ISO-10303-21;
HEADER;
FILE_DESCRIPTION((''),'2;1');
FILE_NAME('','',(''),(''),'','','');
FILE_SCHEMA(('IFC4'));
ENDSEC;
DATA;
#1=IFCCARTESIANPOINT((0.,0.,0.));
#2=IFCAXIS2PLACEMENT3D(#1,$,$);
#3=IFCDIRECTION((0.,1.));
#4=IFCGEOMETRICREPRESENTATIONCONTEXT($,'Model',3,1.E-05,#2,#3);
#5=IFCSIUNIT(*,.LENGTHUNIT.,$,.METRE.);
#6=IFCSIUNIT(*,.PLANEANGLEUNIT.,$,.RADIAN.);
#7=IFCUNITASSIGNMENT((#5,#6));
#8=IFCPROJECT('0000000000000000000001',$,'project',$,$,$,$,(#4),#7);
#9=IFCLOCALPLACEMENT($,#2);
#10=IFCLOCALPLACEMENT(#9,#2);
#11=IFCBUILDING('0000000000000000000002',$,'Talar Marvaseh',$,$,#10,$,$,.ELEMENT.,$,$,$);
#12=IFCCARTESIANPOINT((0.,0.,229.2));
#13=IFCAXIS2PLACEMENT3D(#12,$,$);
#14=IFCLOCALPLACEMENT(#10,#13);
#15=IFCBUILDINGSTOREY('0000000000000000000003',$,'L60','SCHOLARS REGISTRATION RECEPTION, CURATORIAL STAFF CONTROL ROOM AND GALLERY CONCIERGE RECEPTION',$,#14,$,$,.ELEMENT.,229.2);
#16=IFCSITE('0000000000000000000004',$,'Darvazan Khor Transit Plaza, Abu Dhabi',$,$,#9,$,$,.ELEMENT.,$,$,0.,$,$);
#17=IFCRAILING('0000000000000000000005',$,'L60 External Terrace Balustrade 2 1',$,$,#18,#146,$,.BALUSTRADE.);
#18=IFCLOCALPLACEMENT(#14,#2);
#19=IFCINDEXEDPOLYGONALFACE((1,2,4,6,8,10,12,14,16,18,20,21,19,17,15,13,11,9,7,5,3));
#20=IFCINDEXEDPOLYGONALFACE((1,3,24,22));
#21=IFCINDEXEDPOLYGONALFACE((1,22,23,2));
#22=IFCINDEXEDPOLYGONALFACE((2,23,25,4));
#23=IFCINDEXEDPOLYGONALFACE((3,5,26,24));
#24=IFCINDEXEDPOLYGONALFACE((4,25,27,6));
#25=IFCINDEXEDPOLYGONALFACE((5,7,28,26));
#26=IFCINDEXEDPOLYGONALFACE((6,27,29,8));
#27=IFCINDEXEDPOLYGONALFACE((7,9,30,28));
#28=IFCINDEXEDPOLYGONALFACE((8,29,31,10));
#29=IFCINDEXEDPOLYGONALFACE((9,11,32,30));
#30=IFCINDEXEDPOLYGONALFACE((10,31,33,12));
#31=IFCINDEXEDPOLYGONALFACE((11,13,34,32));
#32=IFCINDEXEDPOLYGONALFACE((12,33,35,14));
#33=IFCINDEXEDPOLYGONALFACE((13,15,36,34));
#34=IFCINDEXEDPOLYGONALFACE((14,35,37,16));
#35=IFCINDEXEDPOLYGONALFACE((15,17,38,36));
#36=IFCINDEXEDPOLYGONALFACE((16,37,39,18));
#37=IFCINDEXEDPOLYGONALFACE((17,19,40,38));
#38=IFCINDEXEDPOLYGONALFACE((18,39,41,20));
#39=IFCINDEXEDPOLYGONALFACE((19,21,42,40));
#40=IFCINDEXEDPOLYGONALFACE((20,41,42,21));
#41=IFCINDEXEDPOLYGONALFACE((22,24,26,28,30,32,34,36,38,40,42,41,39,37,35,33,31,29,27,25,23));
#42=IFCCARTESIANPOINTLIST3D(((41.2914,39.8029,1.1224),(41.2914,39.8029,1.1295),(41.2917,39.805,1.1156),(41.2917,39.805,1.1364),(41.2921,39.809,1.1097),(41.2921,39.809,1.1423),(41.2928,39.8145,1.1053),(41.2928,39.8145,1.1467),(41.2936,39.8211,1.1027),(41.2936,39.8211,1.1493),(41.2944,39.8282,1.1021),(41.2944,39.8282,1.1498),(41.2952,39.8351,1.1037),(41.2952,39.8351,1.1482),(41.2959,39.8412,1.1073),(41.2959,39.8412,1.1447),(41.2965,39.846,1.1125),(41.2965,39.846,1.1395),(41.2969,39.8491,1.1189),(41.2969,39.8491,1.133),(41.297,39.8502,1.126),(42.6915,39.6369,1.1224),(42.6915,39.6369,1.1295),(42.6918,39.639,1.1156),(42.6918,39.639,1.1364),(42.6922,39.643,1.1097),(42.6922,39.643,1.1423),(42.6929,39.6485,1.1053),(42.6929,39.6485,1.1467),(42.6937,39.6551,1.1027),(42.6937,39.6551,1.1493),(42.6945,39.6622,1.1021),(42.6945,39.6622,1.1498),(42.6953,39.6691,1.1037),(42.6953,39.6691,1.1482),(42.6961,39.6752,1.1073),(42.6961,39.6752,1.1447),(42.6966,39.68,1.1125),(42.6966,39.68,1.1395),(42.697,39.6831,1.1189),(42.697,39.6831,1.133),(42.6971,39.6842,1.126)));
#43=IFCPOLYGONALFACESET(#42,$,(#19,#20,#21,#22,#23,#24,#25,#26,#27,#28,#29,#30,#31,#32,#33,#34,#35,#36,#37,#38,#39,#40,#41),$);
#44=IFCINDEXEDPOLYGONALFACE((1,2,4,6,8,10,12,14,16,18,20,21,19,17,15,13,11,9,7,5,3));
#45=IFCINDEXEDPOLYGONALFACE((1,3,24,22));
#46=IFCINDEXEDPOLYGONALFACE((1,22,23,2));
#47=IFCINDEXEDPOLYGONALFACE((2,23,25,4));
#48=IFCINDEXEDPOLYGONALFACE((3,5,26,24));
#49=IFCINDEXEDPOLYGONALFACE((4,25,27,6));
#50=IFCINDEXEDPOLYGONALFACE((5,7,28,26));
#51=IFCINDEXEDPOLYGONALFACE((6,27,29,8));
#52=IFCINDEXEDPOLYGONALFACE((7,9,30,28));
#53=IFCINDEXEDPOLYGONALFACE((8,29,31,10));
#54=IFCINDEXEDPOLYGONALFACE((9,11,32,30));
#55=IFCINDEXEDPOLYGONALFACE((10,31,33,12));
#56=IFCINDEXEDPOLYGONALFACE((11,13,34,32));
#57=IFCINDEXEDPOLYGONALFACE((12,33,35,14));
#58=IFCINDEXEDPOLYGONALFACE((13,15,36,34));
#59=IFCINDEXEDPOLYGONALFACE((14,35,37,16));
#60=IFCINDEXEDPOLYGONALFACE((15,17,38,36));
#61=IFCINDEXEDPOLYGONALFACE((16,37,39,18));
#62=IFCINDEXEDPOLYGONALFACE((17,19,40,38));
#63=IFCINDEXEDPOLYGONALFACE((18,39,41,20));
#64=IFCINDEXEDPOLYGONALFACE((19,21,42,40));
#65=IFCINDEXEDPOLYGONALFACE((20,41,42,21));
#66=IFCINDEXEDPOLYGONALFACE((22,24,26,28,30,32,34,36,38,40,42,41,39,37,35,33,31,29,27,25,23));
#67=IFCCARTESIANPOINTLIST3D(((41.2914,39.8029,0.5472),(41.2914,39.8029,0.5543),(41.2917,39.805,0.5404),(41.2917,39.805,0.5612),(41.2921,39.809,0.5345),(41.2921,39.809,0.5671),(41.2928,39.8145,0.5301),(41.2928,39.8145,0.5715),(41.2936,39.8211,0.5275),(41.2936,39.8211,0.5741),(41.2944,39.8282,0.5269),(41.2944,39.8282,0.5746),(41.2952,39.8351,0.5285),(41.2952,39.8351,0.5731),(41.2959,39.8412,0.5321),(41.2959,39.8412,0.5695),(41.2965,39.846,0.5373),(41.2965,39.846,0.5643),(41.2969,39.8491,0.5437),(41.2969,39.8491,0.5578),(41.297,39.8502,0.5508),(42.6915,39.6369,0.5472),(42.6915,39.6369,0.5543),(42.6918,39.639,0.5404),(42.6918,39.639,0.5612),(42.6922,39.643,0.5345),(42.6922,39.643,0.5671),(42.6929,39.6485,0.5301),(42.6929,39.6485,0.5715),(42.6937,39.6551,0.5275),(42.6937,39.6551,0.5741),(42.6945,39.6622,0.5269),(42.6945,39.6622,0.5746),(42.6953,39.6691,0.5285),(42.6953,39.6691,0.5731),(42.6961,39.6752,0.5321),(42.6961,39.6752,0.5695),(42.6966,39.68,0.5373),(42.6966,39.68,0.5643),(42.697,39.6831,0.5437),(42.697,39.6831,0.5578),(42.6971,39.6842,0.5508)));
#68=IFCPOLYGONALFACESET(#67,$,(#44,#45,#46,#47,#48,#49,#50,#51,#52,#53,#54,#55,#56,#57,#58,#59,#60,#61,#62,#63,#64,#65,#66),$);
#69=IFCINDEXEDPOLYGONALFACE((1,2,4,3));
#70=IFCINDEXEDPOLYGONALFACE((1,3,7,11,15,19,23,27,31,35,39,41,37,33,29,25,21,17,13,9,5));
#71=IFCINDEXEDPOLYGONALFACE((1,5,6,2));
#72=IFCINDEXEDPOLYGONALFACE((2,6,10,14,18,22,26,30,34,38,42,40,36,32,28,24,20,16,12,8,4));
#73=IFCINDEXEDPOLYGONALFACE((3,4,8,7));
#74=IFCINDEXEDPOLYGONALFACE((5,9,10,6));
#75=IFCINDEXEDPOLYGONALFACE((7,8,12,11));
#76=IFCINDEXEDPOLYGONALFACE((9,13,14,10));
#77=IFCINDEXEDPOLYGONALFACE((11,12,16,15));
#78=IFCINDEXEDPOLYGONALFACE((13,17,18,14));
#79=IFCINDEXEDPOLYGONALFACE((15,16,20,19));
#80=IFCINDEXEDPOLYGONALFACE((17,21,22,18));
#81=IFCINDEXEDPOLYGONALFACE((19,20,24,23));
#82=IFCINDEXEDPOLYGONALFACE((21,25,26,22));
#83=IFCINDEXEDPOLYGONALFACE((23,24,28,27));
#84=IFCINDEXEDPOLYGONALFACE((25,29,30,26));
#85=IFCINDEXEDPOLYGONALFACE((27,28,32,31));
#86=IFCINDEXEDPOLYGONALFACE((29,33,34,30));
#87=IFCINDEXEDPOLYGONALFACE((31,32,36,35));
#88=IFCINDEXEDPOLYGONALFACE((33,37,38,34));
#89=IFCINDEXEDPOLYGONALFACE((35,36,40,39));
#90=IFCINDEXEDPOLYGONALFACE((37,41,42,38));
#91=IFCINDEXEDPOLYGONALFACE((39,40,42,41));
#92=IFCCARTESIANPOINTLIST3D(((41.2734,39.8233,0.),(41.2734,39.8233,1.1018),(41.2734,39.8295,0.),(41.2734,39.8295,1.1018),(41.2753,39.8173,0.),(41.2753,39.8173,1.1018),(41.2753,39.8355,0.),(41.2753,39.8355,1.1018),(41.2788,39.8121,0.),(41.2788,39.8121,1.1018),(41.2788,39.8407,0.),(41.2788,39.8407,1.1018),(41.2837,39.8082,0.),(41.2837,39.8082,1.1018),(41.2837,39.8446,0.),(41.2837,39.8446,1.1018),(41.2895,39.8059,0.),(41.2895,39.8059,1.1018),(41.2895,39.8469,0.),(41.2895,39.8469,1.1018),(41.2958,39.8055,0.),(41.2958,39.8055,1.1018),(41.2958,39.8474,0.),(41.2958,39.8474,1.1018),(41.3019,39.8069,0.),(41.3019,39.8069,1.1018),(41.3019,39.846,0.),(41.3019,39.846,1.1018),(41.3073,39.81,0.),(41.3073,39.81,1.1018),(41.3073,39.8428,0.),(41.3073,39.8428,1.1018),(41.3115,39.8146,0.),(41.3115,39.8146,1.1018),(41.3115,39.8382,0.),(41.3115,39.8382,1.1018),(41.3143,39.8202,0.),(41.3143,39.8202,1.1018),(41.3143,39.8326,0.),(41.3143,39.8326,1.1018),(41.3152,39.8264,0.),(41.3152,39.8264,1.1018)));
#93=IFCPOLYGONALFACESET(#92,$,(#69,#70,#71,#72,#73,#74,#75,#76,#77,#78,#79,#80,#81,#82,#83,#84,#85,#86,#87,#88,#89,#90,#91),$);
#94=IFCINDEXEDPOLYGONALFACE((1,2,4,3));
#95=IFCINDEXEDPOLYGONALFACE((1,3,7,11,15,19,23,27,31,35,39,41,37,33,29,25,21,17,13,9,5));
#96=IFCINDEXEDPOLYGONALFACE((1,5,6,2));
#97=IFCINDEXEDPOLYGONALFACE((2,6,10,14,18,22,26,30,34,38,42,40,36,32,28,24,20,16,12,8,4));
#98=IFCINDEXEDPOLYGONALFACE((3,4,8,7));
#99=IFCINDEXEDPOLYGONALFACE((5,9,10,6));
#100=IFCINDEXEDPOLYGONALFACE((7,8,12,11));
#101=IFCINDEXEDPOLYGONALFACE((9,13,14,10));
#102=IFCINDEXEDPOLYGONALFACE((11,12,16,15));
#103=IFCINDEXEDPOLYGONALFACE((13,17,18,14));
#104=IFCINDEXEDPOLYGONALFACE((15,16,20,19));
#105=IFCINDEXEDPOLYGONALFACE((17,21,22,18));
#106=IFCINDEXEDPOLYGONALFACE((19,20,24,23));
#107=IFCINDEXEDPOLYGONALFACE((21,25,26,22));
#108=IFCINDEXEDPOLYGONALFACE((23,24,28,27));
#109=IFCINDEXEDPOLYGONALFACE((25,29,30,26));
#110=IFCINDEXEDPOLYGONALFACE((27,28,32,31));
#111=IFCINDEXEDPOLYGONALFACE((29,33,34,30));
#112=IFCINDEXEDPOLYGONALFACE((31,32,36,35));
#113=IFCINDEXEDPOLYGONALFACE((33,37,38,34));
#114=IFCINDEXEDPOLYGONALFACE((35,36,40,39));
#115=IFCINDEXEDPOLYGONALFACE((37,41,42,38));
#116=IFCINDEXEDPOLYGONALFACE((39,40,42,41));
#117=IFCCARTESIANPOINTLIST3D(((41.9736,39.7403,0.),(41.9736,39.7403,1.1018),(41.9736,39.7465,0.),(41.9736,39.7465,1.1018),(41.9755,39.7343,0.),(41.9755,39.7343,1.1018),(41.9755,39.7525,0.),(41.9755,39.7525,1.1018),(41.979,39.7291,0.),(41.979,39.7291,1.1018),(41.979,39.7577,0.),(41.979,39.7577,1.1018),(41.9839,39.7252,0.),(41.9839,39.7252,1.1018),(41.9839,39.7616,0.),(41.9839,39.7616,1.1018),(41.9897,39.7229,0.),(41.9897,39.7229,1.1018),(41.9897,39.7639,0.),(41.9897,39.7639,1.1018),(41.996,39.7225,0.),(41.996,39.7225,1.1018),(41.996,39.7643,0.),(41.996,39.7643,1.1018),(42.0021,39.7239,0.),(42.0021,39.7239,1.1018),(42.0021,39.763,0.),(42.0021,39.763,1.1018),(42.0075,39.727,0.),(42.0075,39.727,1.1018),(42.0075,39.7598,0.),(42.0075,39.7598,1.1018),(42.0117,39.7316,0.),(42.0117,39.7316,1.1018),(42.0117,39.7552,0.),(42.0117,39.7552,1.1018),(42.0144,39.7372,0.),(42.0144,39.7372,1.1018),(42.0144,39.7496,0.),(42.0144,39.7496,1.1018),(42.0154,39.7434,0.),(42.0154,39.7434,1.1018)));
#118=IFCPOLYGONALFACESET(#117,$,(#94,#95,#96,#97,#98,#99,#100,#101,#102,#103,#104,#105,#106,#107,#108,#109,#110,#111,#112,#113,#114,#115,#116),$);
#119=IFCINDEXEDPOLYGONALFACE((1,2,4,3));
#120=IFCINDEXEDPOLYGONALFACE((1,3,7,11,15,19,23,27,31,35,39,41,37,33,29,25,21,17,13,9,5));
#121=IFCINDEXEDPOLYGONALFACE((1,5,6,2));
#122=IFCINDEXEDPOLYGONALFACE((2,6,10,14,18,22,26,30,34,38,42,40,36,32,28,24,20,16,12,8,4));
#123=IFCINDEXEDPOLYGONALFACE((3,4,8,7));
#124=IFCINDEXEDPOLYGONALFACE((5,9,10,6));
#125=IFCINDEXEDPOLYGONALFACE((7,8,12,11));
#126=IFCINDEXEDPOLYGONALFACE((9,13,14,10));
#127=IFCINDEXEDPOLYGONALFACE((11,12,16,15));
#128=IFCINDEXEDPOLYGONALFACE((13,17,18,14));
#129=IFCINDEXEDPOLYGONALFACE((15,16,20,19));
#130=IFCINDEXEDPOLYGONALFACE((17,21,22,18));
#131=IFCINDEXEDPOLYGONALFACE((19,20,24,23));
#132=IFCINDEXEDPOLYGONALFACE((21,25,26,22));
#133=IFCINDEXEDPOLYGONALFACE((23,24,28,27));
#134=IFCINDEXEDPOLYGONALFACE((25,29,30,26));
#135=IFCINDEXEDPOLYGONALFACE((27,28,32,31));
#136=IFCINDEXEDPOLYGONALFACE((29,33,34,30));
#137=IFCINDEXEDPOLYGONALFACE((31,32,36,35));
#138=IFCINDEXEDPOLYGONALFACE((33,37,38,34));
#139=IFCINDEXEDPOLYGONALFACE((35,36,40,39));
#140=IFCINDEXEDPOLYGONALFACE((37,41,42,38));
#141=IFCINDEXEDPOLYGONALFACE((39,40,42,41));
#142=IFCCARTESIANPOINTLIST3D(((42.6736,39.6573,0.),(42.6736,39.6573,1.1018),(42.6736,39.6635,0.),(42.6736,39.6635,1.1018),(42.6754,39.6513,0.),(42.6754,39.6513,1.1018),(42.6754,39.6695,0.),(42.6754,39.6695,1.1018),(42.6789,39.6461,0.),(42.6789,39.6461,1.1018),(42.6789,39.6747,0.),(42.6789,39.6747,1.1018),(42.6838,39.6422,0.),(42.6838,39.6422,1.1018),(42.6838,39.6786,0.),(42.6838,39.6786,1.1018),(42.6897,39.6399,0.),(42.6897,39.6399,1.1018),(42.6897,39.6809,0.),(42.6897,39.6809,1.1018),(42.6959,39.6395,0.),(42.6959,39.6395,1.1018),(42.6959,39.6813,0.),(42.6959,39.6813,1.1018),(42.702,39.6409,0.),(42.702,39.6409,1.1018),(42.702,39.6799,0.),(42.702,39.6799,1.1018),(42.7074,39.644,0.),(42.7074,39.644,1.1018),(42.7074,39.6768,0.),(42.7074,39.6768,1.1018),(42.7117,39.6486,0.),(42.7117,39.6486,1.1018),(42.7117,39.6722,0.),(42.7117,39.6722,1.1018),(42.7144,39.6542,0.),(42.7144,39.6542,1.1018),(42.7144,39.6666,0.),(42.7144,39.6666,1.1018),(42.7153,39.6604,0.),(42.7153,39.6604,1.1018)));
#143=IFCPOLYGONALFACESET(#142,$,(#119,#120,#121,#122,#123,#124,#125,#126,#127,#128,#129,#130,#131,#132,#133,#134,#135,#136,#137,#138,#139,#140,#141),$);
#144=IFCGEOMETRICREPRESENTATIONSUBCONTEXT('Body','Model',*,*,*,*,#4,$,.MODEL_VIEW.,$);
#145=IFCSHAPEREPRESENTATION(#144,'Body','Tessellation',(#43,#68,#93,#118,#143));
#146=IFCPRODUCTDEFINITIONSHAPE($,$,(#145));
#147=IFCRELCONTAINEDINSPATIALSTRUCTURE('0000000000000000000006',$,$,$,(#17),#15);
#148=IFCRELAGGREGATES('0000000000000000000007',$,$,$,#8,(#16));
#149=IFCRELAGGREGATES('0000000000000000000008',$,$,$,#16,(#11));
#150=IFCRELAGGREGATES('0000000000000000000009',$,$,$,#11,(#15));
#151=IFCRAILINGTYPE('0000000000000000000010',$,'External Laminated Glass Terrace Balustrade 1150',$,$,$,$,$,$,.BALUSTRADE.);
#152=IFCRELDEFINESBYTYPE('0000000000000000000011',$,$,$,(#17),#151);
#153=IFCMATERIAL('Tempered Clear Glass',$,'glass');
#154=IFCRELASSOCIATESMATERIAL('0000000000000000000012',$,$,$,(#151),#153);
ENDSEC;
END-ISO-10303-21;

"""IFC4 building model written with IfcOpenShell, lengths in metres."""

from ifc_helpers import new_model, si_unit, direction, frame, origin, origin_2d, place, context, subcontext, project, spatial, circle, extrude, material, type_object, element, save


model = new_model("IFC4")

# Units and contexts
model_context = context("Model", 3, precision=1e-05, world=origin(), true_north=direction((0.0, 1.0)))
body_context = subcontext(model_context, "Body", "Model", "MODEL_VIEW")
ifc_project = project(units=[si_unit("LENGTHUNIT", "METRE"), si_unit("PLANEANGLEUNIT", "RADIAN")], contexts=[model_context])

# Site, building, storey
site_placement = place(None, origin())
site = spatial("IfcSite", under=ifc_project, at=site_placement, Name="Darvazan Khor Transit Plaza, Abu Dhabi", CompositionType="ELEMENT", RefElevation=0.0)
building_placement = place(site_placement, origin())
building = spatial("IfcBuilding", under=site, at=building_placement, Name="Talar Marvaseh", CompositionType="ELEMENT")
storey_placement = place(building_placement, frame((0.0, 0.0, 229.2)))
storey = spatial("IfcBuildingStorey", under=building, at=storey_placement, Name="L60", Description="SCHOLARS REGISTRATION RECEPTION, CURATORIAL STAFF CONTROL ROOM AND GALLERY CONCIERGE RECEPTION", CompositionType="ELEMENT", Elevation=229.2)

# Railing
ifc_material_1 = material(Name="Tempered Clear Glass", Category="glass")
railing_type = type_object("IfcRailingType", Name="External Laminated Glass Terrace Balustrade 1150", PredefinedType="BALUSTRADE", material=ifc_material_1)
railing_1_placement = place(storey_placement, frame((41.2942, 39.8264, 0.0)))
element("IfcRailing", 1, at=railing_1_placement, inside=storey, type_object=railing_type, Name="L60 External Terrace Balustrade 2 1", PredefinedType="BALUSTRADE", context=body_context, shape_type="SweptSolid", body=[
    extrude(circle(Radius=0.0239, at=origin_2d()), frame((0.0, 0.0, 1.126), z_axis=(0.993044, -0.117745, 0.0), x_axis=(0.117745, 0.993044, 0.0)), (0.0, 0.0, 1.0), 1.4099),
    extrude(circle(Radius=0.0239, at=origin_2d()), frame((0.0, 0.0, 0.5508), z_axis=(0.993044, -0.117745, 0.0), x_axis=(0.117745, 0.993044, 0.0)), (0.0, 0.0, 1.0), 1.4099),
    extrude(circle(Radius=0.021, at=origin_2d()), origin(), (0.0, 0.0, 1.0), 1.1018),
    extrude(circle(Radius=0.021, at=origin_2d()), frame((0.7002, -0.083, 0.0)), (0.0, 0.0, 1.0), 1.1018),
    extrude(circle(Radius=0.021, at=origin_2d()), frame((1.4001, -0.166, 0.0)), (0.0, 0.0, 1.0), 1.1018),
])

save(model, "model.ifc")
